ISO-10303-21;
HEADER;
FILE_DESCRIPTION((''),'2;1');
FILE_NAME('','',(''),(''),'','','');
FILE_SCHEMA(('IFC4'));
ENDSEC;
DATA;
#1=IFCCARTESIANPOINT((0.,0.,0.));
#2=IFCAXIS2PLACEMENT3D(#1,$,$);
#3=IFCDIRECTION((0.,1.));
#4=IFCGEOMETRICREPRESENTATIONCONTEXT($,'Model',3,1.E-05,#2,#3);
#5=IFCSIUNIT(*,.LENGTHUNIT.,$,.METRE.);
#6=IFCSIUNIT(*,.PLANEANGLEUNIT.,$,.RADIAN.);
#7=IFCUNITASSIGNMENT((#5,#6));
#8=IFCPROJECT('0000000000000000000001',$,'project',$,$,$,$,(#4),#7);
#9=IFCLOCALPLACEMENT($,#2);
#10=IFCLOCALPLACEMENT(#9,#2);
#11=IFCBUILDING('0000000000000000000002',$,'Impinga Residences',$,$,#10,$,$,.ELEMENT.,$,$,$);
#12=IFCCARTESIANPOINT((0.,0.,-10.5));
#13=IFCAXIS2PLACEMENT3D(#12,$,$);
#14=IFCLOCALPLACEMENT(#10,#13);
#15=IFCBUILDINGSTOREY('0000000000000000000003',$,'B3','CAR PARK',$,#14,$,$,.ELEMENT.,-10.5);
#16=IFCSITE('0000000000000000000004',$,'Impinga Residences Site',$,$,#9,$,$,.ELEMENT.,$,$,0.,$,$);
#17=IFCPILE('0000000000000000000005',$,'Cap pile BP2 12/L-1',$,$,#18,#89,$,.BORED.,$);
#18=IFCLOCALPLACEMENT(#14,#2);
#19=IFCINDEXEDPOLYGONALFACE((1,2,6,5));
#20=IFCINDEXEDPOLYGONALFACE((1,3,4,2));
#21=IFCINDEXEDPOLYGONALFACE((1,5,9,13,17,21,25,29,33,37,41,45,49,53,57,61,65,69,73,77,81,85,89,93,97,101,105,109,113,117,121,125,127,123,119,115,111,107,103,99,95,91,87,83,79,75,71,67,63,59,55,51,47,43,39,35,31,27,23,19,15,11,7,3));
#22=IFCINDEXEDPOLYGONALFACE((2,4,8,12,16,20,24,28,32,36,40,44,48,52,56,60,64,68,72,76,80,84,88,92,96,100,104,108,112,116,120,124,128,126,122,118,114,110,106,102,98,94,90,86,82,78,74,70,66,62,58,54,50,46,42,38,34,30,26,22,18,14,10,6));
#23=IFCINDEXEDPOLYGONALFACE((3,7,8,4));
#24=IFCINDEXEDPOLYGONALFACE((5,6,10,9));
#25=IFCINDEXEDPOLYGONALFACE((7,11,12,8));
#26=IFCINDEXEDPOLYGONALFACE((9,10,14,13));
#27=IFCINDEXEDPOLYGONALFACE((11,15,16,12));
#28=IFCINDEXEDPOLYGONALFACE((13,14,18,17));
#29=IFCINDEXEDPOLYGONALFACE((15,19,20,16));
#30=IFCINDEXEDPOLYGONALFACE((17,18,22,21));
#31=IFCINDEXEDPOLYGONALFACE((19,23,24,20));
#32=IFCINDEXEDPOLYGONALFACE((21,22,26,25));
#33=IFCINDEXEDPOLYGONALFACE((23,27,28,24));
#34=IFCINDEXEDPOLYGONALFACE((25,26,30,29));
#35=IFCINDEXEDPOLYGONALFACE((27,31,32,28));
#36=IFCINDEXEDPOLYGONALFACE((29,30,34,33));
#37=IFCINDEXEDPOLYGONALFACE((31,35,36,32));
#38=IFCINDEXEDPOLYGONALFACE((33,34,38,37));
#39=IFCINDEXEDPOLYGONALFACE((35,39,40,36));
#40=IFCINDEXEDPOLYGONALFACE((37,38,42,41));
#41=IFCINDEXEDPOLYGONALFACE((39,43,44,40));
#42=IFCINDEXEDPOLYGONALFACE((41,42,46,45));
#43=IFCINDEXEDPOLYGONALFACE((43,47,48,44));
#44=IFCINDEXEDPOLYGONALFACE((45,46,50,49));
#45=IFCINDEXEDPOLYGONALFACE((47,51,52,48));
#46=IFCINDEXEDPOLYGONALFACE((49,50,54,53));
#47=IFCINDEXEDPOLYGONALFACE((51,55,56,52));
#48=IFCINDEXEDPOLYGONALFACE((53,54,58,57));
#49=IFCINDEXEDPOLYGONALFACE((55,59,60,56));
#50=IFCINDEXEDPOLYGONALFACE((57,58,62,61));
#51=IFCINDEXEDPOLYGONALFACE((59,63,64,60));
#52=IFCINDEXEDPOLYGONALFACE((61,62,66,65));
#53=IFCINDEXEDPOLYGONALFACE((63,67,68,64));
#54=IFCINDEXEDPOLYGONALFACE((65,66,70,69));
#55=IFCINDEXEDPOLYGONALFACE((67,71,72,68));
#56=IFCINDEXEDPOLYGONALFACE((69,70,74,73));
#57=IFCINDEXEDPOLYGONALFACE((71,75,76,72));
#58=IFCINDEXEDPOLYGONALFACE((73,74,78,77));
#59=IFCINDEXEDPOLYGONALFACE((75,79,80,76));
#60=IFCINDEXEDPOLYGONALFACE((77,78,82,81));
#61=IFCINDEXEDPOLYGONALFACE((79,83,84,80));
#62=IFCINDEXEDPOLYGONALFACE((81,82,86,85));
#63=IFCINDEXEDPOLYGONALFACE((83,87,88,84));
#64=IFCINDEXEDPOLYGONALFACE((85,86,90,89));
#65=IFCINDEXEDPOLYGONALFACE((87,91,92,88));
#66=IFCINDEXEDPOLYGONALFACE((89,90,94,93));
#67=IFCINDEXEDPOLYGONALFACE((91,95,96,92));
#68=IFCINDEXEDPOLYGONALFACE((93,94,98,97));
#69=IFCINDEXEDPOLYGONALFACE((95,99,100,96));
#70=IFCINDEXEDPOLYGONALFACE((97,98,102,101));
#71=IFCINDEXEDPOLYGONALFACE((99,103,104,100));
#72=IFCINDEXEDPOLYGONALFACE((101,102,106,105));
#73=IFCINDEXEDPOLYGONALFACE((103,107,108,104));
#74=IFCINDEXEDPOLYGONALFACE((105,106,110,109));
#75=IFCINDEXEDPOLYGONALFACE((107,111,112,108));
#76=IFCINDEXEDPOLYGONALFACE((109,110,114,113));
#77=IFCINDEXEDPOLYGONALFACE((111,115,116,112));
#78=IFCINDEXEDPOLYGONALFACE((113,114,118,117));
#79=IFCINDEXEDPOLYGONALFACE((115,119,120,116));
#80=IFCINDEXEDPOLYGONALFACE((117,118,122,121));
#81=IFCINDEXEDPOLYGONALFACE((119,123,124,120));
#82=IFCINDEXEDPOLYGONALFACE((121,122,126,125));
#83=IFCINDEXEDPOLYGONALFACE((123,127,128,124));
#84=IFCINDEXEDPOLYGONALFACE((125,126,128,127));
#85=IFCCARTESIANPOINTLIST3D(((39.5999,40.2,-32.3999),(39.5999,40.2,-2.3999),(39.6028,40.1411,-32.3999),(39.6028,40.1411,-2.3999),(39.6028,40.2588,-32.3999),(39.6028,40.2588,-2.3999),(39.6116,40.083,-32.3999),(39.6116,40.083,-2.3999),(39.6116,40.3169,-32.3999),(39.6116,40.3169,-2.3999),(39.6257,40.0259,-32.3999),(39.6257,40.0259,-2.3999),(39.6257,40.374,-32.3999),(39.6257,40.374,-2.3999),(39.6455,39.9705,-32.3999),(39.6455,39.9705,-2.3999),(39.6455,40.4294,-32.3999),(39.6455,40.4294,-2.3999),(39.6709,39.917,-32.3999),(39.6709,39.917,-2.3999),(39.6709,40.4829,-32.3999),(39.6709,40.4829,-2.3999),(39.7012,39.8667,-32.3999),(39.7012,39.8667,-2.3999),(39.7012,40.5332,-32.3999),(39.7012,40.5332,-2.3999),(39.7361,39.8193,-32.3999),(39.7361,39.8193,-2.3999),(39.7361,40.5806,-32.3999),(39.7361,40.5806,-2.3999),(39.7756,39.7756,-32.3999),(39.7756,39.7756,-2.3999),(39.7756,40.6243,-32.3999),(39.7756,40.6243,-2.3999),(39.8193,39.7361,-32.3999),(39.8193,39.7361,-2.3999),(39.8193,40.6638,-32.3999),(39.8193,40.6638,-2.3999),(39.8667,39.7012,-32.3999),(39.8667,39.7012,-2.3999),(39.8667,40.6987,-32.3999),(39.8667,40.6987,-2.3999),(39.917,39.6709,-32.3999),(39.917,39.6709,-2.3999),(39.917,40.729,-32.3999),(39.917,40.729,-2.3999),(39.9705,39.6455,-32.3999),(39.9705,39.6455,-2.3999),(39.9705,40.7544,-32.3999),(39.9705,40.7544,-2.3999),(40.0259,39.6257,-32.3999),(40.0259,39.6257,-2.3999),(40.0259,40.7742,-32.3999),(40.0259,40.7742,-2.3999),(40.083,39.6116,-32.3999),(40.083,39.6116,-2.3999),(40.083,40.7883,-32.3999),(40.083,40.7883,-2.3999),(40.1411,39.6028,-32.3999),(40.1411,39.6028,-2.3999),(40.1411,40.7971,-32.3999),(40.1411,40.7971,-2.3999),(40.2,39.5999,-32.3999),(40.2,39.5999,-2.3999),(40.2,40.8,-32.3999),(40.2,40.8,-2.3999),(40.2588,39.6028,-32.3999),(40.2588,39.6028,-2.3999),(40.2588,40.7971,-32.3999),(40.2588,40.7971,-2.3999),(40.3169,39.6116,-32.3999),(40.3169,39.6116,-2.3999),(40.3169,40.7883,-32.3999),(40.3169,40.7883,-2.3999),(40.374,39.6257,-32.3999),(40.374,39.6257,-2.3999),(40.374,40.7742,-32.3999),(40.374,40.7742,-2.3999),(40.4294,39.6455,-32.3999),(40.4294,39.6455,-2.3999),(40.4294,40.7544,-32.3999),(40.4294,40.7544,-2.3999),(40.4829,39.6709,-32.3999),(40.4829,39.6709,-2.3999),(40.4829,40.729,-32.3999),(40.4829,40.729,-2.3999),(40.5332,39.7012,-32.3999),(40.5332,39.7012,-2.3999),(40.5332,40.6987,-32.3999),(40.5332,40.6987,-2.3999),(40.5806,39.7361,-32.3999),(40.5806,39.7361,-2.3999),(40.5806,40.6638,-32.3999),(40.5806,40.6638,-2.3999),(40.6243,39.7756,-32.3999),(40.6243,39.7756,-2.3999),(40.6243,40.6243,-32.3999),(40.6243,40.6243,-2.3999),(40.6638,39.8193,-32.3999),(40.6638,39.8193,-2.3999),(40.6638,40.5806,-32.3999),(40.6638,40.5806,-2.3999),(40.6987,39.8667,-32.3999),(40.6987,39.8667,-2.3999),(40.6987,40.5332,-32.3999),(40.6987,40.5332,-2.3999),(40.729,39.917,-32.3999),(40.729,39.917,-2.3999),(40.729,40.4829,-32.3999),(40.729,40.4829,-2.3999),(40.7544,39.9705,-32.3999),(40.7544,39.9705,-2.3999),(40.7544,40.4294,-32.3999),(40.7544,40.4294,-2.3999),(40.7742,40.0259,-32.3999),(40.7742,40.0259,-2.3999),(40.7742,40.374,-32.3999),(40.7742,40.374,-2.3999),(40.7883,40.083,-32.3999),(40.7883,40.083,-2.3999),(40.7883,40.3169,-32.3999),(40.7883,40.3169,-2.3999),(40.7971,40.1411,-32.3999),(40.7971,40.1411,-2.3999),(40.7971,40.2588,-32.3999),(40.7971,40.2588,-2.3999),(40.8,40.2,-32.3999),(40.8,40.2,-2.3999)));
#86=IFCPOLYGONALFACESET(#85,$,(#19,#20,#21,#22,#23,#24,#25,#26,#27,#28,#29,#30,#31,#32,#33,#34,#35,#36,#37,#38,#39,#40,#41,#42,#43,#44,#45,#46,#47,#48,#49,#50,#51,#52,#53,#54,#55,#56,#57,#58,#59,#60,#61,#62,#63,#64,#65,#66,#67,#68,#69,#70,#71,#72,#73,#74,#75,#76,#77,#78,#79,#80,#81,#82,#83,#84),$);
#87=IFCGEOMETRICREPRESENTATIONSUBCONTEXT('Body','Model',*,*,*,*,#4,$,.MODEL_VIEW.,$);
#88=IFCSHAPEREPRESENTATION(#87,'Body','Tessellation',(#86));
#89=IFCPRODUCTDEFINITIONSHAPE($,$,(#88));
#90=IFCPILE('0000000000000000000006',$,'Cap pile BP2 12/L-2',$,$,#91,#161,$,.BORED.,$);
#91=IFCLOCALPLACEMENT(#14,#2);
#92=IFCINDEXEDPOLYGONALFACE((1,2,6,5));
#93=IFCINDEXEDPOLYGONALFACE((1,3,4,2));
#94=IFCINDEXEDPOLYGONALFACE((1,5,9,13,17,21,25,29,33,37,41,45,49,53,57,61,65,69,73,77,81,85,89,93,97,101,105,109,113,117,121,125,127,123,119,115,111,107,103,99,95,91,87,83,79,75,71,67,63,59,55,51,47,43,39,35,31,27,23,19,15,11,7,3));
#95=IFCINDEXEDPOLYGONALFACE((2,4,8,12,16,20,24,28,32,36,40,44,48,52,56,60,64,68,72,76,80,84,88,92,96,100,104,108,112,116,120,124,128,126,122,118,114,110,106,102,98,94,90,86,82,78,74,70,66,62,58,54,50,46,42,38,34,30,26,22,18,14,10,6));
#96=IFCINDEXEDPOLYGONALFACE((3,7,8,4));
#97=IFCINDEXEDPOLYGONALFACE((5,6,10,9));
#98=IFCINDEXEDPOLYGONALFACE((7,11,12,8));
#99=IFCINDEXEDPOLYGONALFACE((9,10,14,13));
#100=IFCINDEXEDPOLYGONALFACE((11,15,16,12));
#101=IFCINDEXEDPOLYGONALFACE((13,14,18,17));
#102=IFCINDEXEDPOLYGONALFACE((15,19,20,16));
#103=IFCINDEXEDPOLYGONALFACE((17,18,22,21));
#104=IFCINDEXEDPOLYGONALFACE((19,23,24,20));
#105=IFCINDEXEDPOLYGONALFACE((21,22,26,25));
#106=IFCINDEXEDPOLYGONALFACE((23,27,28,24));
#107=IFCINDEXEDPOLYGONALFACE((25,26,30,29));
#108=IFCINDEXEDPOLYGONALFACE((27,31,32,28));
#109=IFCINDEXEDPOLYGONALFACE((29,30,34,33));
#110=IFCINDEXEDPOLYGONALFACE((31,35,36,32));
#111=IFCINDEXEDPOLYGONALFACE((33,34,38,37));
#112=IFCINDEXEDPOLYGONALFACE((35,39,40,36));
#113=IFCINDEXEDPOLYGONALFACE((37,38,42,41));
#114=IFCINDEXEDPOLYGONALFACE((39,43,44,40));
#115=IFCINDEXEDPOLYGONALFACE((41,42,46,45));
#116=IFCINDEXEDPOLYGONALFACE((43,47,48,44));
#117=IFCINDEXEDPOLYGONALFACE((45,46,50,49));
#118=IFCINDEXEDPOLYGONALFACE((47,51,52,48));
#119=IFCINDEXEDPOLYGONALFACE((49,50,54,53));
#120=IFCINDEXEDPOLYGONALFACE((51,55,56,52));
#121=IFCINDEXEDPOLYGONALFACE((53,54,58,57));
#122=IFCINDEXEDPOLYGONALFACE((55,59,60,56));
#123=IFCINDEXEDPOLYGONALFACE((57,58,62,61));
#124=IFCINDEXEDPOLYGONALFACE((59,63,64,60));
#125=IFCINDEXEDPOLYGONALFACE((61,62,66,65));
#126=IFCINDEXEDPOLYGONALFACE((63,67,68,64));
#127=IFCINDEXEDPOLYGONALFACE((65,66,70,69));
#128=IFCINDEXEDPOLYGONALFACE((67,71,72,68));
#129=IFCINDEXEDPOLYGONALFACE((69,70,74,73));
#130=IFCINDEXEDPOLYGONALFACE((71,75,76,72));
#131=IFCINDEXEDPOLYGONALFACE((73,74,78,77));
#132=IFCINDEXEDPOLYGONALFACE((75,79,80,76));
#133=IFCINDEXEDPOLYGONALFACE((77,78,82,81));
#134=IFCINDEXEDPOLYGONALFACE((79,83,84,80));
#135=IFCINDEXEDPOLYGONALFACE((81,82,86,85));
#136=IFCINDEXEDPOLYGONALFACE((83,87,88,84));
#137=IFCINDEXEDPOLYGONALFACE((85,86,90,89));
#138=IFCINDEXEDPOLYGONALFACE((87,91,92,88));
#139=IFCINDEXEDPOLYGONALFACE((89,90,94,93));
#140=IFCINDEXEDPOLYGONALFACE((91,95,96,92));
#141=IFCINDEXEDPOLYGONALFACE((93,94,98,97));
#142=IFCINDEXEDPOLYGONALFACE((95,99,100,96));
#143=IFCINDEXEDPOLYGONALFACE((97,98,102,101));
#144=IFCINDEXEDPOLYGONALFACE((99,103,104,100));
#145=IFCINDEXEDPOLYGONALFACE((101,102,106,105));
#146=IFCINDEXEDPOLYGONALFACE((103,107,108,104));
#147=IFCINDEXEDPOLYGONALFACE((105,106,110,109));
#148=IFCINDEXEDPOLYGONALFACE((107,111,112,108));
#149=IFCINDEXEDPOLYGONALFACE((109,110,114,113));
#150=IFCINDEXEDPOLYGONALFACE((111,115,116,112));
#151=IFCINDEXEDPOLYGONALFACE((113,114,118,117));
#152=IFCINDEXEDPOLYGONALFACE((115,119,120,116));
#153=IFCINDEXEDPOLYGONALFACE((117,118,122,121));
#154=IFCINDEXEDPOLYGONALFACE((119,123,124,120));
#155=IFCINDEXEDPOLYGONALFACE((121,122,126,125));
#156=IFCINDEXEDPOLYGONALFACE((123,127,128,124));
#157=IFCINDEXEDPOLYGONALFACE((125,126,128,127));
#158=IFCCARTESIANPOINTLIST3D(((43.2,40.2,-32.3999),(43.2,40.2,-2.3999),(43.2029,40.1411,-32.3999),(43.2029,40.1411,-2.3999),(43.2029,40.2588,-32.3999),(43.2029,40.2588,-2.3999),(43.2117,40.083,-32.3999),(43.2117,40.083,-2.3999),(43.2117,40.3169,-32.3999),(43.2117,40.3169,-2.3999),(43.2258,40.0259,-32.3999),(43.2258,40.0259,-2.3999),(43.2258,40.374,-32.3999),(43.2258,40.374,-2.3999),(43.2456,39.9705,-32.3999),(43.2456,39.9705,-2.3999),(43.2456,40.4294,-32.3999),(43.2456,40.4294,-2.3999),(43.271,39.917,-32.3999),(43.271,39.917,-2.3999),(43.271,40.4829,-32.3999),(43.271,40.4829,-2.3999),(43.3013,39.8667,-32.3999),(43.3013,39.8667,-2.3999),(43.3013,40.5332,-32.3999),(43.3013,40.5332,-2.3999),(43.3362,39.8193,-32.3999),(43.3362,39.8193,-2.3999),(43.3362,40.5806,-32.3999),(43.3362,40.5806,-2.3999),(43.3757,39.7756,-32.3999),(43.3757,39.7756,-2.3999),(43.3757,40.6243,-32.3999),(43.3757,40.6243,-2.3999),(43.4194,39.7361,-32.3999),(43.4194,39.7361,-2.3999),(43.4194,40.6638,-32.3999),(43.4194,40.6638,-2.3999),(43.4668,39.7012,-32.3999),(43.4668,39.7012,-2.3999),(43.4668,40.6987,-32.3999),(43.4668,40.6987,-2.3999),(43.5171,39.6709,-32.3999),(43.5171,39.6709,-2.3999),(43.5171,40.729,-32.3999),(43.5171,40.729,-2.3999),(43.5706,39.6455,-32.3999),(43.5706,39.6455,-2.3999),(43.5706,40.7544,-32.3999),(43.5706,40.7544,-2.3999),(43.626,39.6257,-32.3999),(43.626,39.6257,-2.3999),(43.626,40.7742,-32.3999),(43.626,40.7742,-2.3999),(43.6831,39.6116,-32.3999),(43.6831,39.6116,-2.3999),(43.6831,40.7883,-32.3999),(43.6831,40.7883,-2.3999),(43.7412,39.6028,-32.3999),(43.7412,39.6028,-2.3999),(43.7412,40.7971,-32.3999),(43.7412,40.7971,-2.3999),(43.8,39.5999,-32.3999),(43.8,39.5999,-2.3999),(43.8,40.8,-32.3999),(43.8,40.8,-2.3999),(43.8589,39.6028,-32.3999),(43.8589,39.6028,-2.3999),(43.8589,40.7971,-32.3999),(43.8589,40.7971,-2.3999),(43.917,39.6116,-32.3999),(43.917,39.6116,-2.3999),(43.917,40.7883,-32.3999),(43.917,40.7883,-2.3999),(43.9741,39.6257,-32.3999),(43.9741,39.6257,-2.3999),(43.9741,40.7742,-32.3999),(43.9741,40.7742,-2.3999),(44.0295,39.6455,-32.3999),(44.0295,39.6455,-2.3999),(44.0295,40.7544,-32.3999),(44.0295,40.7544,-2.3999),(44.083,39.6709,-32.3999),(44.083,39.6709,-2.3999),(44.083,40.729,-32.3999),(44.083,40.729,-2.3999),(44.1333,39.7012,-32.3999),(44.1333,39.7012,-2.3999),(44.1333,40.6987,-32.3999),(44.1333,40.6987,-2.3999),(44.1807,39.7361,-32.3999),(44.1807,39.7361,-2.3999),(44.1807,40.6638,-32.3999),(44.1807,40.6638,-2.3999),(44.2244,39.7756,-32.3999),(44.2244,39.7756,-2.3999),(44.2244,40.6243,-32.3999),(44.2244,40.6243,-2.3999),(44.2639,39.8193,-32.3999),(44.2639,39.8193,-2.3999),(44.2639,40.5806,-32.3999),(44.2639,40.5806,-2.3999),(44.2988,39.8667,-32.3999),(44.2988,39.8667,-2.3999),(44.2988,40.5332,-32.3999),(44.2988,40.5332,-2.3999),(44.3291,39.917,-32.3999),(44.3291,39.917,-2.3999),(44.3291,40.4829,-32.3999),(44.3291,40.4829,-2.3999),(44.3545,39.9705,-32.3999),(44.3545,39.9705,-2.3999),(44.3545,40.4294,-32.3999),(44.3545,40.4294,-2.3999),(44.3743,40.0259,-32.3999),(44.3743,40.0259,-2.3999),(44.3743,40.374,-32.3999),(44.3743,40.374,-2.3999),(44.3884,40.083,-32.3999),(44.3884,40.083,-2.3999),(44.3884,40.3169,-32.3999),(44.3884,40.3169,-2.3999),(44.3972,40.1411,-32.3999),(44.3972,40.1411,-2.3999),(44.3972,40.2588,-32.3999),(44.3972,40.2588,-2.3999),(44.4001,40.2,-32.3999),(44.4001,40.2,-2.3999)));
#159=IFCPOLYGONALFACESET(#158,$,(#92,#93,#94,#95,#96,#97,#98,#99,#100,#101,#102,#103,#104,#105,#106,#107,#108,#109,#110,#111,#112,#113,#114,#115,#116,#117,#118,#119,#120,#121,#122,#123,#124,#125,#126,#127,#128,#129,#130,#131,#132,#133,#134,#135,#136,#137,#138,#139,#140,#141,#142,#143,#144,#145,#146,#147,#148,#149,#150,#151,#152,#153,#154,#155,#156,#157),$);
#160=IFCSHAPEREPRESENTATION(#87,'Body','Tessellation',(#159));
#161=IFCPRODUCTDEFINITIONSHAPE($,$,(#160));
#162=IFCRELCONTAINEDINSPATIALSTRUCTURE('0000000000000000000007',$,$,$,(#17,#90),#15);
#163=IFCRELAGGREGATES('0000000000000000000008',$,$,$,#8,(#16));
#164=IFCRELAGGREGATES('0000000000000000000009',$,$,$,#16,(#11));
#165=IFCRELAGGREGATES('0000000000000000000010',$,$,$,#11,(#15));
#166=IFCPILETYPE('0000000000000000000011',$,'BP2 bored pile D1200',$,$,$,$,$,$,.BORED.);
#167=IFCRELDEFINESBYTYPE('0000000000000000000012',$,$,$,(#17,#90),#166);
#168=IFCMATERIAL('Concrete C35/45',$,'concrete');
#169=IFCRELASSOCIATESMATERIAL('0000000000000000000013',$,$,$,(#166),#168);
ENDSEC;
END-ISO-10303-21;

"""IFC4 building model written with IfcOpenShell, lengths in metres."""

from ifc_helpers import new_model, si_unit, direction, frame, origin, origin_2d, place, context, subcontext, project, spatial, polyline, circle, outline, extrude, material, material_profile, profile_set, type_object, element, save


model = new_model("IFC4")

# Units and contexts
model_context = context("Model", 3, precision=1e-05, world=origin(), true_north=direction((0.0, 1.0)))
body_context = subcontext(model_context, "Body", "Model", "MODEL_VIEW")
ifc_project = project(units=[si_unit("LENGTHUNIT", "METRE"), si_unit("PLANEANGLEUNIT", "RADIAN")], contexts=[model_context])

# Site, building, storey
site_placement = place(None, origin())
site = spatial("IfcSite", under=ifc_project, at=site_placement, Name="Impinga Residences Site", CompositionType="ELEMENT", RefElevation=0.0)
building_placement = place(site_placement, origin())
building = spatial("IfcBuilding", under=site, at=building_placement, Name="Impinga Residences", CompositionType="ELEMENT")
storey_placement = place(building_placement, frame((0.0, 0.0, -10.5)))
storey = spatial("IfcBuildingStorey", under=building, at=storey_placement, Name="B3", Description="CAR PARK", CompositionType="ELEMENT", Elevation=-10.5)

# Piles
ifc_material_1 = material(Name="Concrete C35/45", Category="concrete")
ifc_material_profile_1 = material_profile(ifc_material_1, circle(Radius=0.6001, at=origin_2d()), Name="D1200")
ifc_profile_set_1 = profile_set([ifc_material_profile_1], Name="Concrete C35/45")
pile_type = type_object("IfcPileType", Name="BP2 bored pile D1200", PredefinedType="BORED", material=ifc_profile_set_1)
pile_1_placement = place(storey_placement, frame((40.2, 40.2, -2.3999), z_axis=(0.0, 0.0, -1.0), x_axis=(1.0, 0.0, 0.0)))
element("IfcPile", 1, at=pile_1_placement, inside=storey, type_object=pile_type, Name="Cap pile BP2 12/L-1", PredefinedType="BORED", context=body_context, shape_type="SweptSolid", body=[
    extrude(outline(polyline([(0.6001, 0.0), (0.5972, 0.0588), (0.5884, 0.1169), (0.5742, 0.1741), (0.5544, 0.2295), (0.5291, 0.283), (0.4988, 0.3333), (0.4639, 0.3806), (0.4243, 0.4243), (0.3806, 0.4639), (0.3333, 0.4988), (0.283, 0.5291), (0.2295, 0.5544), (0.1741, 0.5742), (0.1169, 0.5884), (0.0588, 0.5972), (0.0, 0.6001), (-0.0588, 0.5972), (-0.1169, 0.5884), (-0.1741, 0.5742), (-0.2295, 0.5544), (-0.283, 0.5291), (-0.3333, 0.4988), (-0.3806, 0.4639), (-0.4243, 0.4243), (-0.4639, 0.3806), (-0.4988, 0.3333), (-0.5291, 0.283), (-0.5544, 0.2295), (-0.5742, 0.1741), (-0.5884, 0.1169), (-0.5972, 0.0588), (-0.6001, 0.0), (-0.5972, -0.0588), (-0.5884, -0.1169), (-0.5742, -0.1741), (-0.5544, -0.2295), (-0.5291, -0.283), (-0.4988, -0.3333), (-0.4639, -0.3806), (-0.4243, -0.4243), (-0.3806, -0.4639), (-0.3333, -0.4988), (-0.283, -0.5291), (-0.2295, -0.5544), (-0.1741, -0.5742), (-0.1169, -0.5884), (-0.0588, -0.5972), (0.0, -0.6001), (0.0588, -0.5972), (0.1169, -0.5884), (0.1741, -0.5742), (0.2295, -0.5544), (0.283, -0.5291), (0.3333, -0.4988), (0.3806, -0.4639), (0.4243, -0.4243), (0.4639, -0.3806), (0.4988, -0.3333), (0.5291, -0.283), (0.5544, -0.2295), (0.5742, -0.1741), (0.5884, -0.1169), (0.5972, -0.0588), (0.6001, 0.0)])), origin(), (0.0, 0.0, 1.0), 30.0),
])
pile_2_placement = place(storey_placement, frame((43.8, 40.2, -2.3999), z_axis=(0.0, 0.0, -1.0), x_axis=(1.0, 0.0, 0.0)))
element("IfcPile", 2, at=pile_2_placement, inside=storey, type_object=pile_type, Name="Cap pile BP2 12/L-2", PredefinedType="BORED", context=body_context, shape_type="SweptSolid", body=[
    extrude(outline(polyline([(0.6001, 0.0), (0.5972, 0.0588), (0.5884, 0.1169), (0.5742, 0.1741), (0.5544, 0.2295), (0.5291, 0.283), (0.4988, 0.3333), (0.4639, 0.3806), (0.4243, 0.4243), (0.3806, 0.4639), (0.3333, 0.4988), (0.283, 0.5291), (0.2295, 0.5544), (0.1741, 0.5742), (0.1169, 0.5884), (0.0588, 0.5972), (0.0, 0.6001), (-0.0588, 0.5972), (-0.1169, 0.5884), (-0.1741, 0.5742), (-0.2295, 0.5544), (-0.283, 0.5291), (-0.3333, 0.4988), (-0.3806, 0.4639), (-0.4243, 0.4243), (-0.4639, 0.3806), (-0.4988, 0.3333), (-0.5291, 0.283), (-0.5544, 0.2295), (-0.5742, 0.1741), (-0.5884, 0.1169), (-0.5972, 0.0588), (-0.6001, 0.0), (-0.5972, -0.0588), (-0.5884, -0.1169), (-0.5742, -0.1741), (-0.5544, -0.2295), (-0.5291, -0.283), (-0.4988, -0.3333), (-0.4639, -0.3806), (-0.4243, -0.4243), (-0.3806, -0.4639), (-0.3333, -0.4988), (-0.283, -0.5291), (-0.2295, -0.5544), (-0.1741, -0.5742), (-0.1169, -0.5884), (-0.0588, -0.5972), (0.0, -0.6001), (0.0588, -0.5972), (0.1169, -0.5884), (0.1741, -0.5742), (0.2295, -0.5544), (0.283, -0.5291), (0.3333, -0.4988), (0.3806, -0.4639), (0.4243, -0.4243), (0.4639, -0.3806), (0.4988, -0.3333), (0.5291, -0.283), (0.5544, -0.2295), (0.5742, -0.1741), (0.5884, -0.1169), (0.5972, -0.0588), (0.6001, 0.0)])), origin(), (0.0, 0.0, 1.0), 30.0),
])

save(model, "model.ifc")
